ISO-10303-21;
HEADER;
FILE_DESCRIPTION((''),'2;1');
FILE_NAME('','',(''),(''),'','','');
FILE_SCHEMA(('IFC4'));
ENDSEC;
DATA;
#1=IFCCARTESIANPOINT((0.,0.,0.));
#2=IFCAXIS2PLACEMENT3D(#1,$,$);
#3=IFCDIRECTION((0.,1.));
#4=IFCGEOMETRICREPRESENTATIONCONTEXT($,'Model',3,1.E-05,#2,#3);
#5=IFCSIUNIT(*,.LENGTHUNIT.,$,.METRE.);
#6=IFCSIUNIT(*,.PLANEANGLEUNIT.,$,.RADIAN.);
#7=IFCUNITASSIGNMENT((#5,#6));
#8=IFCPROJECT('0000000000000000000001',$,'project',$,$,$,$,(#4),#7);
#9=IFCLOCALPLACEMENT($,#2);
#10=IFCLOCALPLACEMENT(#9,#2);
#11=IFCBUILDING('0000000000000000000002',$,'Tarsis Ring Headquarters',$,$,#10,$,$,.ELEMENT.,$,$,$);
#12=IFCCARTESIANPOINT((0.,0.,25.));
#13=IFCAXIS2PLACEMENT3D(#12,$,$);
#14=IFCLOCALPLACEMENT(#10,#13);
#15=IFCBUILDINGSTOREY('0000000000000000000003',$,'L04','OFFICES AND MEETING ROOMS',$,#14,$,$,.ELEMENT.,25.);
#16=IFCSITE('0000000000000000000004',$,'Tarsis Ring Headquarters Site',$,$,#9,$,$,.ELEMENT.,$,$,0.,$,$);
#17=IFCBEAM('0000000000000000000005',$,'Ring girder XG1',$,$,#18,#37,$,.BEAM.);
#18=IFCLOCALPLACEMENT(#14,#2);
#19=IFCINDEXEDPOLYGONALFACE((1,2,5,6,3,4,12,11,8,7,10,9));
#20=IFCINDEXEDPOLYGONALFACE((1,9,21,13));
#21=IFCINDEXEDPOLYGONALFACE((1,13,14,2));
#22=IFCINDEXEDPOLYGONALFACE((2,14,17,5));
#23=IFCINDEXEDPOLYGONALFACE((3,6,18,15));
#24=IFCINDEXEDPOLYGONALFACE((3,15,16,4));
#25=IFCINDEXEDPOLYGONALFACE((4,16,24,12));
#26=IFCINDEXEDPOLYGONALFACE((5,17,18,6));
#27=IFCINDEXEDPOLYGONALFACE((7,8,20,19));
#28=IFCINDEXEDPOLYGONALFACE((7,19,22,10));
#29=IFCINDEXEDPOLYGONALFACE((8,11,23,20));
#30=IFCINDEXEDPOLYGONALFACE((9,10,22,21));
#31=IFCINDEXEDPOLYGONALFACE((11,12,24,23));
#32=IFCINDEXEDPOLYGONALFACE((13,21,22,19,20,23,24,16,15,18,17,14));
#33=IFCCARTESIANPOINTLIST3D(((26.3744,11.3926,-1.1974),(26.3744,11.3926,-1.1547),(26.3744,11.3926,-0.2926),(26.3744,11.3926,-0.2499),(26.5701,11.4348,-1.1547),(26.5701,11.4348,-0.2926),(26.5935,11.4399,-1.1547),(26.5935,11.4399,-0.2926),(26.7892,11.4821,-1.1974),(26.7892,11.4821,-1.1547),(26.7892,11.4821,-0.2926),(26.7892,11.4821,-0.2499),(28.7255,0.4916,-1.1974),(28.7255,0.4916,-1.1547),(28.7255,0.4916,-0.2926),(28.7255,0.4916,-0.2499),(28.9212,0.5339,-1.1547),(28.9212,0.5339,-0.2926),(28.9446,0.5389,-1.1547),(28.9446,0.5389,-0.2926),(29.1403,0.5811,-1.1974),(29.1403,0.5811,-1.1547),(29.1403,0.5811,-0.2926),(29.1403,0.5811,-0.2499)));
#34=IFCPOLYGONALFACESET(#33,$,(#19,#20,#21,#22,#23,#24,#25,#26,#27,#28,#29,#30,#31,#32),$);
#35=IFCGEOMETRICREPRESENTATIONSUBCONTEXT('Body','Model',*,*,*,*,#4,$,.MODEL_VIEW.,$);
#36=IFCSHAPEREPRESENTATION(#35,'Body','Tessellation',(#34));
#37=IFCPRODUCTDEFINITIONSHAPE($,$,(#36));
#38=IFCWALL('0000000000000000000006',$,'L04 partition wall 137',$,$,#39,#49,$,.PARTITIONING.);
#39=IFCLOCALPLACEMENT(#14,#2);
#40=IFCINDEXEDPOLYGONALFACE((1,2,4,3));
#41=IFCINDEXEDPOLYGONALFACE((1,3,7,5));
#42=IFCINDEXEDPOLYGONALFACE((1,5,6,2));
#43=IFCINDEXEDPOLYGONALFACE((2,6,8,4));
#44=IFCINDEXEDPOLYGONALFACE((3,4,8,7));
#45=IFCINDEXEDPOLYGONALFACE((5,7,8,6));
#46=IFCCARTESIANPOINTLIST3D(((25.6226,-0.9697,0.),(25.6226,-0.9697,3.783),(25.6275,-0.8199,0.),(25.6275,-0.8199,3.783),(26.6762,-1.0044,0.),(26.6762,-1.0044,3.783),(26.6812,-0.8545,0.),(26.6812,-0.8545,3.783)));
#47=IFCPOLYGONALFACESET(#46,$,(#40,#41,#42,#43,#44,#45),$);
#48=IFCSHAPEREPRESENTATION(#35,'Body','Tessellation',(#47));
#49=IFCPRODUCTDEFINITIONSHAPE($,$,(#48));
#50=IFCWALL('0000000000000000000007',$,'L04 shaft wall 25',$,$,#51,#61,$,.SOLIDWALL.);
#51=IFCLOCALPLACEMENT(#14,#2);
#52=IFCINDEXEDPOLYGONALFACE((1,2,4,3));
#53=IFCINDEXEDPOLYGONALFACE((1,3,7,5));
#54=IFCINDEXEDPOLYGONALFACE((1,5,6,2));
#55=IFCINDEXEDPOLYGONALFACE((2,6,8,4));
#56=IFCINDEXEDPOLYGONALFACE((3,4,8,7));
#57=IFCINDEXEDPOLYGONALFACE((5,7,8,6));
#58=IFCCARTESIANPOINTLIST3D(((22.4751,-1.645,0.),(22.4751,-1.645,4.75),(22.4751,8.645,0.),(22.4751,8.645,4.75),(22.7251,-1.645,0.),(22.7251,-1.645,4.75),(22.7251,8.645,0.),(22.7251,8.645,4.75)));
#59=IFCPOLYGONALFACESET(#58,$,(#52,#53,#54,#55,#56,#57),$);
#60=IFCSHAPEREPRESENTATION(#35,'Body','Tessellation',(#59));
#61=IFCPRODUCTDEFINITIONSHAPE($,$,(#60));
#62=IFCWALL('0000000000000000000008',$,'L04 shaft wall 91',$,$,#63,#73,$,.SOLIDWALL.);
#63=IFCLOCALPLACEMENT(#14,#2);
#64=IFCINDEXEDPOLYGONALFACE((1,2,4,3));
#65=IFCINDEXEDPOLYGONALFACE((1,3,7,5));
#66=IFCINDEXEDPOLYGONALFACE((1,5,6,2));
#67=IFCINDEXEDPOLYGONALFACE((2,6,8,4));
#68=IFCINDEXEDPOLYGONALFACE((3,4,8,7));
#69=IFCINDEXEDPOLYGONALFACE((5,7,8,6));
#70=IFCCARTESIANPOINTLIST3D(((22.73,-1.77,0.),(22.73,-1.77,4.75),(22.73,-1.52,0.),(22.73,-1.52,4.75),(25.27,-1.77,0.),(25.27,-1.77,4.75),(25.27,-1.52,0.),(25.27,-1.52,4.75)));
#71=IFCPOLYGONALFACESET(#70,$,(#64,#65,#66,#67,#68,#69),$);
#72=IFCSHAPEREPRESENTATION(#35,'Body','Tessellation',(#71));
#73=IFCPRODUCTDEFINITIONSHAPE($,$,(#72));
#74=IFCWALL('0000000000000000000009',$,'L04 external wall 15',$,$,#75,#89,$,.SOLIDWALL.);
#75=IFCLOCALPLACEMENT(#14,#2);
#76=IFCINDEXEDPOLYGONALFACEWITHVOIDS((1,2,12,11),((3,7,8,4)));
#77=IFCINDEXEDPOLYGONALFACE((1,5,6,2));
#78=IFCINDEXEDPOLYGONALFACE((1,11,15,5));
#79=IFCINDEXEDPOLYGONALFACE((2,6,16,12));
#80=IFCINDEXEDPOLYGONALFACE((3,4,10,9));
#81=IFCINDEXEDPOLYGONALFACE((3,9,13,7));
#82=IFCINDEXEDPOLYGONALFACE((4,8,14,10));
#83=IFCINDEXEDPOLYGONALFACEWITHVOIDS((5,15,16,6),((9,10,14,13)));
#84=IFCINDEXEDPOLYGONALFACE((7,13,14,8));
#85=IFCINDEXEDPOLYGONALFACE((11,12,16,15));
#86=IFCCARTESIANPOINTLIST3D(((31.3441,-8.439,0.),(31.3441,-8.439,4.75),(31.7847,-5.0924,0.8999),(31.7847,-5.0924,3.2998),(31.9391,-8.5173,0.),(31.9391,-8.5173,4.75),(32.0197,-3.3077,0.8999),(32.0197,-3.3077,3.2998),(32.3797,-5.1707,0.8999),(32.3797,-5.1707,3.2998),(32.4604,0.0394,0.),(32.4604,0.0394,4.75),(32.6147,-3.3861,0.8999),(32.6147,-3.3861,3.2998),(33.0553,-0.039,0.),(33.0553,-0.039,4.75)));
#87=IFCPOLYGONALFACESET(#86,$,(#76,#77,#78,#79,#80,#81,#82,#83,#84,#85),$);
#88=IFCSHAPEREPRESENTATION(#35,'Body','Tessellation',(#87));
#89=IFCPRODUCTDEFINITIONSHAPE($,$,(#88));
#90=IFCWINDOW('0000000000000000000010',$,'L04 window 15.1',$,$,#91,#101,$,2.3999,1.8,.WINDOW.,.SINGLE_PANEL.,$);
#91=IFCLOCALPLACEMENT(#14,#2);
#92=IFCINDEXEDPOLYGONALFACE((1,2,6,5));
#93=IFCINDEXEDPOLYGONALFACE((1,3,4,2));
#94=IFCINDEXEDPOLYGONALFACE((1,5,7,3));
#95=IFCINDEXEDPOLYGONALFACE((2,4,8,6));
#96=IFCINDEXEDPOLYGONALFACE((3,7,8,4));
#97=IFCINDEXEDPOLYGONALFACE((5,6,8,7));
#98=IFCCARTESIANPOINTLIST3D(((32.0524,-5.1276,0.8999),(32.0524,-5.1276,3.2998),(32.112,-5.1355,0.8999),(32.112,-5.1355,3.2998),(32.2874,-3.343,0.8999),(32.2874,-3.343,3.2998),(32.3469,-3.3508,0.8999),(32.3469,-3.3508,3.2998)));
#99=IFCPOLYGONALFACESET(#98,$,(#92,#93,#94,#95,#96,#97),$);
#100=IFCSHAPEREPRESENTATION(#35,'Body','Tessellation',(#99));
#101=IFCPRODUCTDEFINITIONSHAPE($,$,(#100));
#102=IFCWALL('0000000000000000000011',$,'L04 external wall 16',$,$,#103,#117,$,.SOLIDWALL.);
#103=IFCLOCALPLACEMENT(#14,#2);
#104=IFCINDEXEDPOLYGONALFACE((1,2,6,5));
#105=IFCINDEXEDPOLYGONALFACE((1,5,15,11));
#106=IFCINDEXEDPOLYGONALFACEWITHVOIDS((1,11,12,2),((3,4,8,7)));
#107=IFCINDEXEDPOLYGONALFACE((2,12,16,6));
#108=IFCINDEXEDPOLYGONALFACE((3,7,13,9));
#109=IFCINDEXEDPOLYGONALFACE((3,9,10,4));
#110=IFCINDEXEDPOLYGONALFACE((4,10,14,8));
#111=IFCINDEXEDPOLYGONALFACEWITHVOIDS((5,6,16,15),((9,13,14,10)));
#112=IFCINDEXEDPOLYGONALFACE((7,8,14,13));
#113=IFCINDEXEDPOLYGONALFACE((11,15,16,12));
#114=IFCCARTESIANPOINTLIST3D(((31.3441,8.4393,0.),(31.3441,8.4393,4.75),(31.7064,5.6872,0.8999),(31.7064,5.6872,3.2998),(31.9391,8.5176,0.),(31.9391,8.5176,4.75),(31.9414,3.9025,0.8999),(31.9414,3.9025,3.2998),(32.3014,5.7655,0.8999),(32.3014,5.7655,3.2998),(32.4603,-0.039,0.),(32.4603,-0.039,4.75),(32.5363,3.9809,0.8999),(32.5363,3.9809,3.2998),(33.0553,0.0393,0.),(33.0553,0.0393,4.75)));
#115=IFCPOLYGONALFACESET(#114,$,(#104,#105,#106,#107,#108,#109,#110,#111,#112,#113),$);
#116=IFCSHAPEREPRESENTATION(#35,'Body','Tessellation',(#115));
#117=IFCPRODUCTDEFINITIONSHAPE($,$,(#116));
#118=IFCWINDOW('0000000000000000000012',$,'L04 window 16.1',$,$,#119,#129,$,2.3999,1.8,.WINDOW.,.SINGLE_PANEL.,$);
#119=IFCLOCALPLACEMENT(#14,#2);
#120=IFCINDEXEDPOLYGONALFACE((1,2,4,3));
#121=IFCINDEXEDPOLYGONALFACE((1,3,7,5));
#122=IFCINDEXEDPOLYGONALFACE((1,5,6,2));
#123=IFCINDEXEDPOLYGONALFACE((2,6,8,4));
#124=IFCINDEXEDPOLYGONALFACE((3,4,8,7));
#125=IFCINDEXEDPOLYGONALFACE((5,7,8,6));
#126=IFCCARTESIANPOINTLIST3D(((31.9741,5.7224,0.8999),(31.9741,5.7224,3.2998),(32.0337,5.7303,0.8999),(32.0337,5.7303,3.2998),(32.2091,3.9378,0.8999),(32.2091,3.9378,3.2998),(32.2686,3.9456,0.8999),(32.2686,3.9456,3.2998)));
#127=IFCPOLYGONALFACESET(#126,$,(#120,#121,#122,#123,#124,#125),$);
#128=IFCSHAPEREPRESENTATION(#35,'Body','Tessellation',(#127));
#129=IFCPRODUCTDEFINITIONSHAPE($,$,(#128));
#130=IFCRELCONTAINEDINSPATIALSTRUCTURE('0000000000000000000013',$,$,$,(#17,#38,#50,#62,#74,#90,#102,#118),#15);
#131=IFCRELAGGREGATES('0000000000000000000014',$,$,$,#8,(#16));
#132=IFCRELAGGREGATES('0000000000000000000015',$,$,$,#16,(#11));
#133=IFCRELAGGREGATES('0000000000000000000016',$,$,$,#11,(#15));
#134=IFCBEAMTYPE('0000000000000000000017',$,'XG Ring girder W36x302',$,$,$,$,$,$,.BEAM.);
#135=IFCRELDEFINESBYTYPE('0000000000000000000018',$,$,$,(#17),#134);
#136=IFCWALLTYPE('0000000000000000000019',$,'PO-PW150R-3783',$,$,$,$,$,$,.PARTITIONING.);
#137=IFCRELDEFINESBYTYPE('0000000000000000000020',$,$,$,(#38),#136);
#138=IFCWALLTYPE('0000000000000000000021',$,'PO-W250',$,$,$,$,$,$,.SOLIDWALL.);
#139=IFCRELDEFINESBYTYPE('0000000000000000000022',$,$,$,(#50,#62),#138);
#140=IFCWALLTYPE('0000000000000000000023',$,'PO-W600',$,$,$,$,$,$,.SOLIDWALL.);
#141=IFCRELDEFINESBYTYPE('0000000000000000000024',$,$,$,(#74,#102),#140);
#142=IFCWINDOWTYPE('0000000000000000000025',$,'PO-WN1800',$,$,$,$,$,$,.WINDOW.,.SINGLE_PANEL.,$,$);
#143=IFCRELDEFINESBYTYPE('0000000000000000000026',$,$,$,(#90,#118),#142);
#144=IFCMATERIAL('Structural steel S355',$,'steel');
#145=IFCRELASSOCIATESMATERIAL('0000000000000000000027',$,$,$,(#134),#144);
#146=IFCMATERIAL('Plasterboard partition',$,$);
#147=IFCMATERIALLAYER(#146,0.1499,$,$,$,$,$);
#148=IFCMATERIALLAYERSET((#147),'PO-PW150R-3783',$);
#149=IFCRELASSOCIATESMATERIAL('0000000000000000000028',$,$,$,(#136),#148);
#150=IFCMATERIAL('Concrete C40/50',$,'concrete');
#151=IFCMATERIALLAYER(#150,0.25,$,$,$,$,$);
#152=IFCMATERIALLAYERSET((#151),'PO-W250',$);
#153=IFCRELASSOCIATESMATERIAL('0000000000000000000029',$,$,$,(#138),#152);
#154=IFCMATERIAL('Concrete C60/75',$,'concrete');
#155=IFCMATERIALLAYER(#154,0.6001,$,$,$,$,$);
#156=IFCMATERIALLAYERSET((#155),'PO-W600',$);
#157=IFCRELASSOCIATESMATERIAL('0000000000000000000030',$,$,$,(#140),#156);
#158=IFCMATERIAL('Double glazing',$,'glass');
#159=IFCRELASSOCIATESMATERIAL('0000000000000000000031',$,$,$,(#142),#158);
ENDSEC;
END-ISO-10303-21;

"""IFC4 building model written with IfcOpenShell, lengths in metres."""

from ifc_helpers import new_model, si_unit, direction, frame, frame_2d, origin, origin_2d, place, context, subcontext, project, spatial, rectangle, i_section, extrude, material, layer, layer_set, material_profile, profile_set, type_object, element, fill, save


model = new_model("IFC4")

# Units and contexts
model_context = context("Model", 3, precision=1e-05, world=origin(), true_north=direction((0.0, 1.0)))
body_context = subcontext(model_context, "Body", "Model", "MODEL_VIEW")
ifc_project = project(units=[si_unit("LENGTHUNIT", "METRE"), si_unit("PLANEANGLEUNIT", "RADIAN")], contexts=[model_context])

# Site, building, storey
site_placement = place(None, origin())
site = spatial("IfcSite", under=ifc_project, at=site_placement, Name="Tarsis Ring Headquarters Site", CompositionType="ELEMENT", RefElevation=0.0)
building_placement = place(site_placement, origin())
building = spatial("IfcBuilding", under=site, at=building_placement, Name="Tarsis Ring Headquarters", CompositionType="ELEMENT")
storey_placement = place(building_placement, frame((0.0, 0.0, 25.0)))
storey = spatial("IfcBuildingStorey", under=building, at=storey_placement, Name="L04", Description="OFFICES AND MEETING ROOMS", CompositionType="ELEMENT", Elevation=25.0)

# Shared definitions
ifc_material_1 = material(Name="Concrete C40/50", Category="concrete")

# Beam
ifc_material_2 = material(Name="Concrete C60/75", Category="concrete")
ifc_material_3 = material(Name="Structural steel S355", Category="steel")
ifc_material_profile_1 = material_profile(ifc_material_3, i_section(OverallWidth=0.4243, OverallDepth=0.9475, WebThickness=0.0239, FlangeThickness=0.0427, at=origin_2d()), Name="W36x302")
ifc_profile_set_1 = profile_set([ifc_material_profile_1], Name="Structural steel S355")
beam_type_1 = type_object("IfcBeamType", Name="XG Ring girder W36x302", PredefinedType="BEAM", material=ifc_profile_set_1)
beam_1_placement = place(storey_placement, frame((28.9329, 0.5364, -0.7236), z_axis=(-0.21083, 0.977523, 0.0), x_axis=(-0.977523, -0.21083, 0.0)))
element("IfcBeam", 1, at=beam_1_placement, inside=storey, type_object=beam_type_1, Name="Ring girder XG1", PredefinedType="BEAM", context=body_context, shape_type="SweptSolid", body=[
    extrude(i_section(OverallWidth=0.4243, OverallDepth=0.9475, WebThickness=0.0239, FlangeThickness=0.0427, at=origin_2d()), origin(), (0.0, 0.0, 1.0), 11.1516),
])

# Walls
ifc_material_4 = material(Name="Plasterboard partition")
ifc_layer_1 = layer(ifc_material_4, 0.1499)
ifc_layer_set_1 = layer_set([ifc_layer_1], Name="PO-PW150R-3783")
wall_type_1 = type_object("IfcWallType", Name="PO-PW150R-3783", PredefinedType="PARTITIONING", material=ifc_layer_set_1)
wall_1_placement = place(storey_placement, frame((26.6787, -0.9294, 0.0), z_axis=(0.0, 0.0, 1.0), x_axis=(-0.999459, 0.032883, 0.0)))
element("IfcWall", 2, at=wall_1_placement, inside=storey, type_object=wall_type_1, Name="L04 partition wall 137", PredefinedType="PARTITIONING", context=body_context, shape_type="SweptSolid", body=[
    extrude(rectangle(XDim=1.0542, YDim=0.1499, at=frame_2d((0.5271, 0.0))), origin(), (0.0, 0.0, 1.0), 3.783),
])
ifc_layer_2 = layer(ifc_material_1, 0.25)
ifc_layer_set_2 = layer_set([ifc_layer_2], Name="PO-W250")
wall_type_2 = type_object("IfcWallType", Name="PO-W250", PredefinedType="SOLIDWALL", material=ifc_layer_set_2)
wall_2_placement = place(storey_placement, frame((22.6001, -1.645, 0.0), z_axis=(0.0, 0.0, 1.0), x_axis=(0.0, 1.0, 0.0)))
element("IfcWall", 3, at=wall_2_placement, inside=storey, type_object=wall_type_2, Name="L04 shaft wall 25", PredefinedType="SOLIDWALL", context=body_context, shape_type="SweptSolid", body=[
    extrude(rectangle(XDim=10.29, YDim=0.25, at=frame_2d((5.145, 0.0))), origin(), (0.0, 0.0, 1.0), 4.75),
])
wall_3_placement = place(storey_placement, frame((25.27, -1.645, 0.0), z_axis=(0.0, 0.0, 1.0), x_axis=(-1.0, 0.0, 0.0)))
element("IfcWall", 4, at=wall_3_placement, inside=storey, type_object=wall_type_2, Name="L04 shaft wall 91", PredefinedType="SOLIDWALL", context=body_context, shape_type="SweptSolid", body=[
    extrude(rectangle(XDim=2.54, YDim=0.25, at=frame_2d((1.27, 0.0))), origin(), (0.0, 0.0, 1.0), 4.75),
])

# Walls, openings, windows
ifc_layer_3 = layer(ifc_material_2, 0.6001)
ifc_layer_set_3 = layer_set([ifc_layer_3], Name="PO-W600")
wall_type_3 = type_object("IfcWallType", Name="PO-W600", PredefinedType="SOLIDWALL", material=ifc_layer_set_3)
wall_4_placement = place(storey_placement, frame((31.6416, -8.4783, 0.0), z_axis=(0.0, 0.0, 1.0), x_axis=(0.130529, 0.991444, 0.0)))
wall_4 = element("IfcWall", 5, at=wall_4_placement, inside=storey, type_object=wall_type_3, Name="L04 external wall 15", PredefinedType="SOLIDWALL", context=body_context, shape_type="SweptSolid", body=[
    extrude(rectangle(XDim=8.5515, YDim=0.6001, at=frame_2d((4.2759, 0.0))), origin(), (0.0, 0.0, 1.0), 4.75),
])
opening_1_placement = place(wall_4_placement, frame((3.3757, 0.0, 0.8999)))
opening_1 = element("IfcOpeningElement", 6, at=opening_1_placement, cuts=wall_4, PredefinedType="OPENING", context=body_context, shape_type="SweptSolid", body=[
    extrude(rectangle(XDim=1.8, YDim=2.3999, at=frame_2d((0.8999, 1.2))), frame((0.0, 0.3101, 0.0), z_axis=(0.0, -1.0, 0.0), x_axis=(1.0, 0.0, 0.0)), (0.0, 0.0, 1.0), 0.6201),
])
ifc_material_5 = material(Name="Double glazing", Category="glass")
window_type = type_object("IfcWindowType", Name="PO-WN1800", PartitioningType="SINGLE_PANEL", PredefinedType="WINDOW", material=ifc_material_5)
window_1_placement = place(opening_1_placement, origin())
window_1 = element("IfcWindow", 7, at=window_1_placement, inside=storey, type_object=window_type, Name="L04 window 15.1", OverallHeight=2.3999, OverallWidth=1.8, PartitioningType="SINGLE_PANEL", PredefinedType="WINDOW", context=body_context, shape_type="SweptSolid", body=[
    extrude(rectangle(XDim=1.8, YDim=2.3999, at=frame_2d((0.8999, 1.2))), frame((0.0, 0.03, 0.0), z_axis=(0.0, -1.0, 0.0), x_axis=(1.0, 0.0, 0.0)), (0.0, 0.0, 1.0), 0.0601),
])
fill(opening_1, window_1)
wall_5_placement = place(storey_placement, frame((32.7578, 0.0, 0.0), z_axis=(0.0, 0.0, 1.0), x_axis=(-0.130529, 0.991444, 0.0)))
wall_5 = element("IfcWall", 8, at=wall_5_placement, inside=storey, type_object=wall_type_3, Name="L04 external wall 16", PredefinedType="SOLIDWALL", context=body_context, shape_type="SweptSolid", body=[
    extrude(rectangle(XDim=8.5515, YDim=0.6001, at=frame_2d((4.2759, 0.0))), origin(), (0.0, 0.0, 1.0), 4.75),
])
opening_2_placement = place(wall_5_placement, frame((3.9758, 0.0, 0.8999)))
opening_2 = element("IfcOpeningElement", 9, at=opening_2_placement, cuts=wall_5, PredefinedType="OPENING", context=body_context, shape_type="SweptSolid", body=[
    extrude(rectangle(XDim=1.8, YDim=2.3999, at=frame_2d((0.8999, 1.2))), frame((0.0, 0.3101, 0.0), z_axis=(0.0, -1.0, 0.0), x_axis=(1.0, 0.0, 0.0)), (0.0, 0.0, 1.0), 0.6201),
])
window_2_placement = place(opening_2_placement, origin())
window_2 = element("IfcWindow", 10, at=window_2_placement, inside=storey, type_object=window_type, Name="L04 window 16.1", OverallHeight=2.3999, OverallWidth=1.8, PartitioningType="SINGLE_PANEL", PredefinedType="WINDOW", context=body_context, shape_type="SweptSolid", body=[
    extrude(rectangle(XDim=1.8, YDim=2.3999, at=frame_2d((0.8999, 1.2))), frame((0.0, 0.03, 0.0), z_axis=(0.0, -1.0, 0.0), x_axis=(1.0, 0.0, 0.0)), (0.0, 0.0, 1.0), 0.0601),
])
fill(opening_2, window_2)

save(model, "model.ifc")
